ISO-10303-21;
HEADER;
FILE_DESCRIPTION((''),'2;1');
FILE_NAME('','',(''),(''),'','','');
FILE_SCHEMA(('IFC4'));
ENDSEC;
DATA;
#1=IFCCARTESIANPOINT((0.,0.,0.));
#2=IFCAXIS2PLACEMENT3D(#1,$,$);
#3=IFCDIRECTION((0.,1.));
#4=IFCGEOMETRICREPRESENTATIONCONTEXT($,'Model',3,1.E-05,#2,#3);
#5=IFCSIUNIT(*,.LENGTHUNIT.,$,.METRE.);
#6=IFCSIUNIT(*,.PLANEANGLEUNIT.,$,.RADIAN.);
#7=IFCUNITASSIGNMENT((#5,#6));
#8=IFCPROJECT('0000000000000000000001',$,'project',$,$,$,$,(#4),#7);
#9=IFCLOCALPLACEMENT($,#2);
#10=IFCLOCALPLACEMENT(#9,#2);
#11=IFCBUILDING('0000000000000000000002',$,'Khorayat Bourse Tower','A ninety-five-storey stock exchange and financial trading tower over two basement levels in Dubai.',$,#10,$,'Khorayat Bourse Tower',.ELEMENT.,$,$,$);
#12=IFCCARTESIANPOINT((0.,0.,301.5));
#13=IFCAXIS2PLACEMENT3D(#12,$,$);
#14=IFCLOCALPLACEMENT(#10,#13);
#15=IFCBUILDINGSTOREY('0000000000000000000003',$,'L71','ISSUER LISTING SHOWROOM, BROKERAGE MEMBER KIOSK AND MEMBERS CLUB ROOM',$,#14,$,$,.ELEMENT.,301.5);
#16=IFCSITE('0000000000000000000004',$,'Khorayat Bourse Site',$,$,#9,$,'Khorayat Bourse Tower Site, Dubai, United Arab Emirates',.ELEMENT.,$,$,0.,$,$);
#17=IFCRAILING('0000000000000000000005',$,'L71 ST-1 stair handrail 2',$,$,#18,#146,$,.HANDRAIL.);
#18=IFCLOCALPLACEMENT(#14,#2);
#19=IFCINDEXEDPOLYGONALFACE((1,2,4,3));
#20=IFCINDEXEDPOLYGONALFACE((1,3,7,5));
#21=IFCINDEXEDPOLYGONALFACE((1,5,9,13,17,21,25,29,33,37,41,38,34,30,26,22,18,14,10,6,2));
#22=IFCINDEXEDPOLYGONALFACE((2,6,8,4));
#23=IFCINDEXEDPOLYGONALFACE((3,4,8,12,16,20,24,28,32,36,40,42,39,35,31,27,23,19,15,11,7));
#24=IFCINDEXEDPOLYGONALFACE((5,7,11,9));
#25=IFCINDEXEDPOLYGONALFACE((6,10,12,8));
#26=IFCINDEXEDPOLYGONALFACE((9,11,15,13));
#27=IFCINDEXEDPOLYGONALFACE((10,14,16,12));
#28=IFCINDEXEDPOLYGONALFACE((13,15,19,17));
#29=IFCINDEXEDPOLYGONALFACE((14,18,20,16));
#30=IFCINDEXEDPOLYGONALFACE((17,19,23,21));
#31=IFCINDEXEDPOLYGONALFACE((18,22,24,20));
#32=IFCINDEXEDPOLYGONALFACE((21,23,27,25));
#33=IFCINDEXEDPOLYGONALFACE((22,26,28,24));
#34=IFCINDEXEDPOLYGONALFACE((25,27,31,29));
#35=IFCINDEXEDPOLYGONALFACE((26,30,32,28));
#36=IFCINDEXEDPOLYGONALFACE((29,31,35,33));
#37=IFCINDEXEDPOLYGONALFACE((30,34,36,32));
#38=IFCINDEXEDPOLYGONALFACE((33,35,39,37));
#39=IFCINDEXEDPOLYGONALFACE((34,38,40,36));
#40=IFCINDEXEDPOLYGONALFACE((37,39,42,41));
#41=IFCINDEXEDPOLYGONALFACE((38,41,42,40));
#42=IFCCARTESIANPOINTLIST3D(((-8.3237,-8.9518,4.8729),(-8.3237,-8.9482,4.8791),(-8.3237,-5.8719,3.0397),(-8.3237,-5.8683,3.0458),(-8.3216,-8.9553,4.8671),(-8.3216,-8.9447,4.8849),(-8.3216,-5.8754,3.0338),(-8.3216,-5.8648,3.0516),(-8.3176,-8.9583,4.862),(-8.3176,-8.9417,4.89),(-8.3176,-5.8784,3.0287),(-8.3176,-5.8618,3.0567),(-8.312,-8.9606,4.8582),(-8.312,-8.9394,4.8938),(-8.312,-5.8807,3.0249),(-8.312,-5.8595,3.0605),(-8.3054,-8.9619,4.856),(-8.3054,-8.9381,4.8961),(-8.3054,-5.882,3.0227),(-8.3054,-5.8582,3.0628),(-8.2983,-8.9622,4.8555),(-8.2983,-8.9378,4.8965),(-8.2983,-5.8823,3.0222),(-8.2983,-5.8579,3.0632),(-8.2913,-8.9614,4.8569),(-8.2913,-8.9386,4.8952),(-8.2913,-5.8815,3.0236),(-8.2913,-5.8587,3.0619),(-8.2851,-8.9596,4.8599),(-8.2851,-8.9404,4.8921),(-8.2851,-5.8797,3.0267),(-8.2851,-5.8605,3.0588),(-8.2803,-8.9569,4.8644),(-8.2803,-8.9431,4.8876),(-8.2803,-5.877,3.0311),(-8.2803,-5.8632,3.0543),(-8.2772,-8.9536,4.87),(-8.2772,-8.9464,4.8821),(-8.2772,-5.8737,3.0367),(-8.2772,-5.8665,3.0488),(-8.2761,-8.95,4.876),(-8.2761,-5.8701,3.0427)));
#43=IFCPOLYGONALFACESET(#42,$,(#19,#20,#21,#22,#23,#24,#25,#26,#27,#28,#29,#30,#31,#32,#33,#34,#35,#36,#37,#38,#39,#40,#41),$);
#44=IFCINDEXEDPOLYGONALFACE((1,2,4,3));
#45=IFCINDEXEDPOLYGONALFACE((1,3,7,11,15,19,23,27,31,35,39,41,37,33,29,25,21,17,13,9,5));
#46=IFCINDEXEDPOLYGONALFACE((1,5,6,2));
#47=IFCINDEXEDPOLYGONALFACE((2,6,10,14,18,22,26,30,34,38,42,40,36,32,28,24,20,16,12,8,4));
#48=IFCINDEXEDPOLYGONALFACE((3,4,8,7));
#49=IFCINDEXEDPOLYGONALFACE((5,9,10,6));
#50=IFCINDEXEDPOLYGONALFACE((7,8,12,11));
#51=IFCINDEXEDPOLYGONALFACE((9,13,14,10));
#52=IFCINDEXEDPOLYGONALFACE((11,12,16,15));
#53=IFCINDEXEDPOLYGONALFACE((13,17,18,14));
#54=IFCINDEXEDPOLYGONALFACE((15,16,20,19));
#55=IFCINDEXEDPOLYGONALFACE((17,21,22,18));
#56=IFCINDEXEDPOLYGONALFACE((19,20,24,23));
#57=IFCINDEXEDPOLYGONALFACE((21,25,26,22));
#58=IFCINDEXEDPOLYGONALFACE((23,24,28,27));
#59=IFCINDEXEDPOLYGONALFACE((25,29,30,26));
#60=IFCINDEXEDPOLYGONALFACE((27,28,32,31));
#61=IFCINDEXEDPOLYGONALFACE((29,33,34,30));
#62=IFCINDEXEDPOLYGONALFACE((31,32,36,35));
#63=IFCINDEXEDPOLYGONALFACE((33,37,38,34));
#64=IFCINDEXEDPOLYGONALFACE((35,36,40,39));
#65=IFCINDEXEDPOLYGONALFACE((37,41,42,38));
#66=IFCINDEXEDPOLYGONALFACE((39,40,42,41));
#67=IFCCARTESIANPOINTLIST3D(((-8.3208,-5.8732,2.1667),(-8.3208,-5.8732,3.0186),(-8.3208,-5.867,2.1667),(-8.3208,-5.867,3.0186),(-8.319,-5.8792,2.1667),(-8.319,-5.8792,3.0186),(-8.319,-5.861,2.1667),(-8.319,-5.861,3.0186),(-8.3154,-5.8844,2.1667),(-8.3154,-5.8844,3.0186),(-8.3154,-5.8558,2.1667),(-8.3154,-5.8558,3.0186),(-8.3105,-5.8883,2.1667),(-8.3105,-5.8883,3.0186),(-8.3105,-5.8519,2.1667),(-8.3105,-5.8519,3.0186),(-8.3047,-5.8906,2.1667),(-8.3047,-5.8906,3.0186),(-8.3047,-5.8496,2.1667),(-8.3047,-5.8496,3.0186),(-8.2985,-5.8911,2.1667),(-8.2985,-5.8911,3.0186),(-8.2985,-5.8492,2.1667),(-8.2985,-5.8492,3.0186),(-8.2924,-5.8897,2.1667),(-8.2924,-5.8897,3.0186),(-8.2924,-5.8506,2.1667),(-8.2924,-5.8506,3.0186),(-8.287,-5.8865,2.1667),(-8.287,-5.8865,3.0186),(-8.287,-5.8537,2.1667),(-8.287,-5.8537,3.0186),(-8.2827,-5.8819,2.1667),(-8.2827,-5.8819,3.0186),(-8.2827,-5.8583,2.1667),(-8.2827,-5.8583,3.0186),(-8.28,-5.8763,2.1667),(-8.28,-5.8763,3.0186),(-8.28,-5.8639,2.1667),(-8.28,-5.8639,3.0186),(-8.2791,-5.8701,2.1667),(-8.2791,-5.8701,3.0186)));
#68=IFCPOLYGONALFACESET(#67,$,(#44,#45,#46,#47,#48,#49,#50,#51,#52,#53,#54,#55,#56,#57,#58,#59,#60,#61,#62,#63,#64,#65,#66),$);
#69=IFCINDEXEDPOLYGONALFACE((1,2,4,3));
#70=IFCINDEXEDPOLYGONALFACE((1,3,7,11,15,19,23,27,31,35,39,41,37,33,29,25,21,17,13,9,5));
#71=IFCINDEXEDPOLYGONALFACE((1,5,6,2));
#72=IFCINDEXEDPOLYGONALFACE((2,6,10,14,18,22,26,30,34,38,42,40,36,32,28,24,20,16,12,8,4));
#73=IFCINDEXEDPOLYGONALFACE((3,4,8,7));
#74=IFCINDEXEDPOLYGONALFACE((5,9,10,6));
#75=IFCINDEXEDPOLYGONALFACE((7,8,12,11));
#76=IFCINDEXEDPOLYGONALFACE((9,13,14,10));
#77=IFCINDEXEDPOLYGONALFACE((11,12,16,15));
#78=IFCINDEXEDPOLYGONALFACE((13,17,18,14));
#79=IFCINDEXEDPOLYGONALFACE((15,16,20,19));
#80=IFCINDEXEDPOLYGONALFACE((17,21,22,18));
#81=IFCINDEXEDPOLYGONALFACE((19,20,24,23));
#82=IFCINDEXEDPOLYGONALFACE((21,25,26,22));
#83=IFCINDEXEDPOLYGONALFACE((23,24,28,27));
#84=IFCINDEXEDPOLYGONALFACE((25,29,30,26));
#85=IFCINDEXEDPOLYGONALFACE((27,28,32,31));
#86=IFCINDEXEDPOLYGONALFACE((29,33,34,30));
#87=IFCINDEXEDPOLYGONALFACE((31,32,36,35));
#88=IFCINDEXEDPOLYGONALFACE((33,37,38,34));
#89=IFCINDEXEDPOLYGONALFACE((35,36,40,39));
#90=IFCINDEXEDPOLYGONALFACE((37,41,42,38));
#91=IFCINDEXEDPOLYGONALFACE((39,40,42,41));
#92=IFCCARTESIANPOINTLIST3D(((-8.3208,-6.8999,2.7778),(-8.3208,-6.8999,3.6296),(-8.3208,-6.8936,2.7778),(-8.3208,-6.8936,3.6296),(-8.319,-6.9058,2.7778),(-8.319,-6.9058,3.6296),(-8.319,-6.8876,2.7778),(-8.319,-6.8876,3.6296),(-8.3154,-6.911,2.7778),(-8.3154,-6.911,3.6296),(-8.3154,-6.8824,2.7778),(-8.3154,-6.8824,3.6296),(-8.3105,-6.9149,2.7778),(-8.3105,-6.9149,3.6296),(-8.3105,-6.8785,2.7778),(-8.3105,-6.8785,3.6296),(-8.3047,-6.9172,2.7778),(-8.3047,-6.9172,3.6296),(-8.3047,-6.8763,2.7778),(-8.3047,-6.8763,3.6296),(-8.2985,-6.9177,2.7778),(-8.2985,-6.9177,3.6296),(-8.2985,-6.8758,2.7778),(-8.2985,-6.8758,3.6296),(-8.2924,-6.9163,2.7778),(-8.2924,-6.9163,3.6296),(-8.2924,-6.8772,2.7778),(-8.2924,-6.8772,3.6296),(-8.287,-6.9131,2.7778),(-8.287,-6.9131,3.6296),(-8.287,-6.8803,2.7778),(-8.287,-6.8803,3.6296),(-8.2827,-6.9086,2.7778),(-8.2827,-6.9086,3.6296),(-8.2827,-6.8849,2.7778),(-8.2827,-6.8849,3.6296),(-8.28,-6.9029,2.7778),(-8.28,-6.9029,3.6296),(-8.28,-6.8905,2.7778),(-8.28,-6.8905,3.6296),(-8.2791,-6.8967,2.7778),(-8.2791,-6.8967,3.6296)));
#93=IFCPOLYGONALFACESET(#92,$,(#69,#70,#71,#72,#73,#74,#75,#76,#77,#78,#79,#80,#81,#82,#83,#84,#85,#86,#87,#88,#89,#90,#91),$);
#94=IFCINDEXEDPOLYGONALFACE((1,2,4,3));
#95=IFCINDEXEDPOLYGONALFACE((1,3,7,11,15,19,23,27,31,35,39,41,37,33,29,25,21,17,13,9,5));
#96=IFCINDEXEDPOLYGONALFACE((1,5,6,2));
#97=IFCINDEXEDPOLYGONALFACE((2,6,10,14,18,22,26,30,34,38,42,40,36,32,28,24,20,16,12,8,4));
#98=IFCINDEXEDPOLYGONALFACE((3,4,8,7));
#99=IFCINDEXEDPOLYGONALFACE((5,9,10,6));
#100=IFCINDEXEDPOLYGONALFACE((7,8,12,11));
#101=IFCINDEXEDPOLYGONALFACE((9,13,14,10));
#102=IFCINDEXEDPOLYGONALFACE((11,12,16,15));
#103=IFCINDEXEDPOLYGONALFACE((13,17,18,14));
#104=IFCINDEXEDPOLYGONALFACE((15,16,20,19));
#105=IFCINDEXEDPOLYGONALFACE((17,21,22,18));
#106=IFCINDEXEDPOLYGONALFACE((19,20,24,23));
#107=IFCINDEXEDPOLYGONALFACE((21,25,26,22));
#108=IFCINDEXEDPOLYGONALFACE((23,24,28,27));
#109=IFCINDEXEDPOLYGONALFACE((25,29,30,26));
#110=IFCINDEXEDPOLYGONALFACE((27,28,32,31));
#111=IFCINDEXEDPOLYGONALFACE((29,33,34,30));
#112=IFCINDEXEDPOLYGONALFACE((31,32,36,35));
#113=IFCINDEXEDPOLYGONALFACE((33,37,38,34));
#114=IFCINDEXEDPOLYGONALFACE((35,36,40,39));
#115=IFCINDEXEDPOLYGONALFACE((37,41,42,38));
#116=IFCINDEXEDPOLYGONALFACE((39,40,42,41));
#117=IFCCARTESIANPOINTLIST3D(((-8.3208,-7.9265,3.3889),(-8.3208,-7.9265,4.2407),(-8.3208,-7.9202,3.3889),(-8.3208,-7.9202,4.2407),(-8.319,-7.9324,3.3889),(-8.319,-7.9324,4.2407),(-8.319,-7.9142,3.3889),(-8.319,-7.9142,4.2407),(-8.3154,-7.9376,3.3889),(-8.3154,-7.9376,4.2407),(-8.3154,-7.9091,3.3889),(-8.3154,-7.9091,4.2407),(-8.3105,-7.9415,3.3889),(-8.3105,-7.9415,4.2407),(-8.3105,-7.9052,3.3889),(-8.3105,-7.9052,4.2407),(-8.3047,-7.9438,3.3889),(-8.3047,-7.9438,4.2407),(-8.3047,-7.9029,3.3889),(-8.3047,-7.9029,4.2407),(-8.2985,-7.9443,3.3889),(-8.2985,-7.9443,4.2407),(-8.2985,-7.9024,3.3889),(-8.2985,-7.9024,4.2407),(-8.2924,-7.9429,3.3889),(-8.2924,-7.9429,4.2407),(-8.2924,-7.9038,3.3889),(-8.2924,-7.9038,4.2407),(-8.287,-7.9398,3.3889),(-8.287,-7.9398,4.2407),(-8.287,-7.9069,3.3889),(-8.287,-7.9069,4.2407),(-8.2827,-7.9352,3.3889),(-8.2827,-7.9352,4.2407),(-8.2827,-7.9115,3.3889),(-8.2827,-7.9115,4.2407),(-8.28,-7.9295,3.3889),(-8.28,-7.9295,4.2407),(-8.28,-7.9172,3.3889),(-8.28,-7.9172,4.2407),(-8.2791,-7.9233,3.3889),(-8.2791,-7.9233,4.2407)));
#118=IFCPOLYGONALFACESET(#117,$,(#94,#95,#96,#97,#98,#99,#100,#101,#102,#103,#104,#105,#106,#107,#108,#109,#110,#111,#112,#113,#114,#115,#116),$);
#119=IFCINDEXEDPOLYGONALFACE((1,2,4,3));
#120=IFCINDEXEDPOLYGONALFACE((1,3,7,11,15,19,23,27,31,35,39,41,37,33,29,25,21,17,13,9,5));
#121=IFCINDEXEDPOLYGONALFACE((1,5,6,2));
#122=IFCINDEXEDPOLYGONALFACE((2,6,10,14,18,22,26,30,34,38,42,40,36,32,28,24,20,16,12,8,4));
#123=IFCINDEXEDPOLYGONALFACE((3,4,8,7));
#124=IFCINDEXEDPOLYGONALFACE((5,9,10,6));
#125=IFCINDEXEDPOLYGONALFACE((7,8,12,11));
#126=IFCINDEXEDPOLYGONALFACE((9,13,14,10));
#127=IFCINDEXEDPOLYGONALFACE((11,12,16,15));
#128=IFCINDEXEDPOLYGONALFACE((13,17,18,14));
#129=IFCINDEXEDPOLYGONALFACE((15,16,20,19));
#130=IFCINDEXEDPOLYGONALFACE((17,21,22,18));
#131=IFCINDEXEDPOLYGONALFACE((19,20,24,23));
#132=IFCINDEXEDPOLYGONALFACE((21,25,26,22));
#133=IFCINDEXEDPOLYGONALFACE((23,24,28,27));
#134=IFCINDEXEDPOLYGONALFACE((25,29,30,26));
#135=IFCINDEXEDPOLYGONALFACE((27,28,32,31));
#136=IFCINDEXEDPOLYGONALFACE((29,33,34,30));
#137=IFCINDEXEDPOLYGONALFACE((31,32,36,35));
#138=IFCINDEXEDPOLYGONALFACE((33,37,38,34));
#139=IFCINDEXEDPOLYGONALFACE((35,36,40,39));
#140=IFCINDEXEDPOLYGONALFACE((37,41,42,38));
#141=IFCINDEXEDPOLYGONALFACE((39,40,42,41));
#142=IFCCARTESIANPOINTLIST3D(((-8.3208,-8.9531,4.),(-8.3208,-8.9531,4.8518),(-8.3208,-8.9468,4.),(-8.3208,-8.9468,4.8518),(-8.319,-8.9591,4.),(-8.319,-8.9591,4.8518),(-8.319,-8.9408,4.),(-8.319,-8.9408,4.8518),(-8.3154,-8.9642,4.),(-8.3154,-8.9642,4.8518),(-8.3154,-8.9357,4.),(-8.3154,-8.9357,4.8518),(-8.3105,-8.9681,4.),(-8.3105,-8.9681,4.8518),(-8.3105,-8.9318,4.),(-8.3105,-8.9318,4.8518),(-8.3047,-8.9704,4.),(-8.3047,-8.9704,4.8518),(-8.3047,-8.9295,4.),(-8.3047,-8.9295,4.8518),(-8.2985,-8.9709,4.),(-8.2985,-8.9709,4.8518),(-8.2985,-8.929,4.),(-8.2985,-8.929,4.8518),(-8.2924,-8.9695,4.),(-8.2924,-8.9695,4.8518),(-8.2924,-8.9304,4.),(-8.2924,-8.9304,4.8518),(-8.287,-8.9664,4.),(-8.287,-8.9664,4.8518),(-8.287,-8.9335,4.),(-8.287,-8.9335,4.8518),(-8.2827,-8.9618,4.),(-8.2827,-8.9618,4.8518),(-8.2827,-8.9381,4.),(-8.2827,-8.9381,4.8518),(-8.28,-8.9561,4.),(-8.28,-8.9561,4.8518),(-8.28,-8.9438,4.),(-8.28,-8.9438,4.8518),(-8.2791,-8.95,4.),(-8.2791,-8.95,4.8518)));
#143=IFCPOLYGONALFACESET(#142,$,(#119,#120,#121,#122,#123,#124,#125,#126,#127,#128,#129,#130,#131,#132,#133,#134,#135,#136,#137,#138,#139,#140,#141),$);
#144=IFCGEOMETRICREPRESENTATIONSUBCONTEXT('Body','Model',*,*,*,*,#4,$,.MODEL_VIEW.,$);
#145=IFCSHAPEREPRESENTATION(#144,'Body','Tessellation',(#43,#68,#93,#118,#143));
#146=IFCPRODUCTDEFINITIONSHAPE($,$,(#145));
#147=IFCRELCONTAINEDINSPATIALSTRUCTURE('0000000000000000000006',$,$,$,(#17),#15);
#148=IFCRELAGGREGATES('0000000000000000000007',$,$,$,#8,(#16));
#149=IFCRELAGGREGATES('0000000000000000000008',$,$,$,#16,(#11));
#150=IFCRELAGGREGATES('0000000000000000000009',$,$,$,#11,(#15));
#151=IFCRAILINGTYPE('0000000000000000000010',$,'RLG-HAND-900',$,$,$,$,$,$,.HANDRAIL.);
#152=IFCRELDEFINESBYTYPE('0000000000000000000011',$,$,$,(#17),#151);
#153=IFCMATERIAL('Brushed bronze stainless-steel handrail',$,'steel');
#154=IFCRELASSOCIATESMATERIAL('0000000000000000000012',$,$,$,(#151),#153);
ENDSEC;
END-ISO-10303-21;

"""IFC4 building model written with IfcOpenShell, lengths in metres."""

from ifc_helpers import new_model, si_unit, direction, frame, origin, origin_2d, place, context, subcontext, project, spatial, circle, extrude, source, transform, mapped, material, type_object, element, save


model = new_model("IFC4")

# Units and contexts
model_context = context("Model", 3, precision=1e-05, world=origin(), true_north=direction((0.0, 1.0)))
body_context = subcontext(model_context, "Body", "Model", "MODEL_VIEW")
ifc_project = project(units=[si_unit("LENGTHUNIT", "METRE"), si_unit("PLANEANGLEUNIT", "RADIAN")], contexts=[model_context])

# Site, building, storey
site_placement = place(None, origin())
site = spatial("IfcSite", under=ifc_project, at=site_placement, Name="Khorayat Bourse Site", LongName="Khorayat Bourse Tower Site, Dubai, United Arab Emirates", CompositionType="ELEMENT", RefElevation=0.0)
building_placement = place(site_placement, origin())
building = spatial("IfcBuilding", under=site, at=building_placement, Name="Khorayat Bourse Tower", Description="A ninety-five-storey stock exchange and financial trading tower over two basement levels in Dubai.", LongName="Khorayat Bourse Tower", CompositionType="ELEMENT")
storey_placement = place(building_placement, frame((0.0, 0.0, 301.5)))
storey = spatial("IfcBuildingStorey", under=building, at=storey_placement, Name="L71", Description="ISSUER LISTING SHOWROOM, BROKERAGE MEMBER KIOSK AND MEMBERS CLUB ROOM", CompositionType="ELEMENT", Elevation=301.5)

# Railing
ifc_material_1 = material(Name="Brushed bronze stainless-steel handrail", Category="steel")
railing_type_1 = type_object("IfcRailingType", Name="RLG-HAND-900", PredefinedType="HANDRAIL", material=ifc_material_1)
shared_shape_1 = source(origin(), body_context, "Body", "SweptSolid", [
    extrude(circle(Radius=0.0239, at=origin_2d()), frame((0.0, 0.0, 0.876), z_axis=(0.0, -0.859291, 0.511487), x_axis=(1.0, 0.0, 0.0)), (0.0, 0.0, 1.0), 3.5842),
    extrude(circle(Radius=0.021, at=origin_2d()), origin(), (0.0, 0.0, 1.0), 0.8518),
    extrude(circle(Radius=0.021, at=origin_2d()), frame((0.0, -1.0266, 0.6111)), (0.0, 0.0, 1.0), 0.8518),
    extrude(circle(Radius=0.021, at=origin_2d()), frame((0.0, -2.0532, 1.2222)), (0.0, 0.0, 1.0), 0.8518),
    extrude(circle(Radius=0.021, at=origin_2d()), frame((0.0, -3.0798, 1.8333)), (0.0, 0.0, 1.0), 0.8518),
])
railing_1_placement = place(storey_placement, frame((-8.3, -5.8701, 2.1667)))
element("IfcRailing", 1, at=railing_1_placement, inside=storey, type_object=railing_type_1, Name="L71 ST-1 stair handrail 2", PredefinedType="HANDRAIL", context=body_context, shape_type="MappedRepresentation", body=[
    mapped(shared_shape_1, transform((0.0, 0.0, 0.0), scale=1.0)),
])

save(model, "model.ifc")
